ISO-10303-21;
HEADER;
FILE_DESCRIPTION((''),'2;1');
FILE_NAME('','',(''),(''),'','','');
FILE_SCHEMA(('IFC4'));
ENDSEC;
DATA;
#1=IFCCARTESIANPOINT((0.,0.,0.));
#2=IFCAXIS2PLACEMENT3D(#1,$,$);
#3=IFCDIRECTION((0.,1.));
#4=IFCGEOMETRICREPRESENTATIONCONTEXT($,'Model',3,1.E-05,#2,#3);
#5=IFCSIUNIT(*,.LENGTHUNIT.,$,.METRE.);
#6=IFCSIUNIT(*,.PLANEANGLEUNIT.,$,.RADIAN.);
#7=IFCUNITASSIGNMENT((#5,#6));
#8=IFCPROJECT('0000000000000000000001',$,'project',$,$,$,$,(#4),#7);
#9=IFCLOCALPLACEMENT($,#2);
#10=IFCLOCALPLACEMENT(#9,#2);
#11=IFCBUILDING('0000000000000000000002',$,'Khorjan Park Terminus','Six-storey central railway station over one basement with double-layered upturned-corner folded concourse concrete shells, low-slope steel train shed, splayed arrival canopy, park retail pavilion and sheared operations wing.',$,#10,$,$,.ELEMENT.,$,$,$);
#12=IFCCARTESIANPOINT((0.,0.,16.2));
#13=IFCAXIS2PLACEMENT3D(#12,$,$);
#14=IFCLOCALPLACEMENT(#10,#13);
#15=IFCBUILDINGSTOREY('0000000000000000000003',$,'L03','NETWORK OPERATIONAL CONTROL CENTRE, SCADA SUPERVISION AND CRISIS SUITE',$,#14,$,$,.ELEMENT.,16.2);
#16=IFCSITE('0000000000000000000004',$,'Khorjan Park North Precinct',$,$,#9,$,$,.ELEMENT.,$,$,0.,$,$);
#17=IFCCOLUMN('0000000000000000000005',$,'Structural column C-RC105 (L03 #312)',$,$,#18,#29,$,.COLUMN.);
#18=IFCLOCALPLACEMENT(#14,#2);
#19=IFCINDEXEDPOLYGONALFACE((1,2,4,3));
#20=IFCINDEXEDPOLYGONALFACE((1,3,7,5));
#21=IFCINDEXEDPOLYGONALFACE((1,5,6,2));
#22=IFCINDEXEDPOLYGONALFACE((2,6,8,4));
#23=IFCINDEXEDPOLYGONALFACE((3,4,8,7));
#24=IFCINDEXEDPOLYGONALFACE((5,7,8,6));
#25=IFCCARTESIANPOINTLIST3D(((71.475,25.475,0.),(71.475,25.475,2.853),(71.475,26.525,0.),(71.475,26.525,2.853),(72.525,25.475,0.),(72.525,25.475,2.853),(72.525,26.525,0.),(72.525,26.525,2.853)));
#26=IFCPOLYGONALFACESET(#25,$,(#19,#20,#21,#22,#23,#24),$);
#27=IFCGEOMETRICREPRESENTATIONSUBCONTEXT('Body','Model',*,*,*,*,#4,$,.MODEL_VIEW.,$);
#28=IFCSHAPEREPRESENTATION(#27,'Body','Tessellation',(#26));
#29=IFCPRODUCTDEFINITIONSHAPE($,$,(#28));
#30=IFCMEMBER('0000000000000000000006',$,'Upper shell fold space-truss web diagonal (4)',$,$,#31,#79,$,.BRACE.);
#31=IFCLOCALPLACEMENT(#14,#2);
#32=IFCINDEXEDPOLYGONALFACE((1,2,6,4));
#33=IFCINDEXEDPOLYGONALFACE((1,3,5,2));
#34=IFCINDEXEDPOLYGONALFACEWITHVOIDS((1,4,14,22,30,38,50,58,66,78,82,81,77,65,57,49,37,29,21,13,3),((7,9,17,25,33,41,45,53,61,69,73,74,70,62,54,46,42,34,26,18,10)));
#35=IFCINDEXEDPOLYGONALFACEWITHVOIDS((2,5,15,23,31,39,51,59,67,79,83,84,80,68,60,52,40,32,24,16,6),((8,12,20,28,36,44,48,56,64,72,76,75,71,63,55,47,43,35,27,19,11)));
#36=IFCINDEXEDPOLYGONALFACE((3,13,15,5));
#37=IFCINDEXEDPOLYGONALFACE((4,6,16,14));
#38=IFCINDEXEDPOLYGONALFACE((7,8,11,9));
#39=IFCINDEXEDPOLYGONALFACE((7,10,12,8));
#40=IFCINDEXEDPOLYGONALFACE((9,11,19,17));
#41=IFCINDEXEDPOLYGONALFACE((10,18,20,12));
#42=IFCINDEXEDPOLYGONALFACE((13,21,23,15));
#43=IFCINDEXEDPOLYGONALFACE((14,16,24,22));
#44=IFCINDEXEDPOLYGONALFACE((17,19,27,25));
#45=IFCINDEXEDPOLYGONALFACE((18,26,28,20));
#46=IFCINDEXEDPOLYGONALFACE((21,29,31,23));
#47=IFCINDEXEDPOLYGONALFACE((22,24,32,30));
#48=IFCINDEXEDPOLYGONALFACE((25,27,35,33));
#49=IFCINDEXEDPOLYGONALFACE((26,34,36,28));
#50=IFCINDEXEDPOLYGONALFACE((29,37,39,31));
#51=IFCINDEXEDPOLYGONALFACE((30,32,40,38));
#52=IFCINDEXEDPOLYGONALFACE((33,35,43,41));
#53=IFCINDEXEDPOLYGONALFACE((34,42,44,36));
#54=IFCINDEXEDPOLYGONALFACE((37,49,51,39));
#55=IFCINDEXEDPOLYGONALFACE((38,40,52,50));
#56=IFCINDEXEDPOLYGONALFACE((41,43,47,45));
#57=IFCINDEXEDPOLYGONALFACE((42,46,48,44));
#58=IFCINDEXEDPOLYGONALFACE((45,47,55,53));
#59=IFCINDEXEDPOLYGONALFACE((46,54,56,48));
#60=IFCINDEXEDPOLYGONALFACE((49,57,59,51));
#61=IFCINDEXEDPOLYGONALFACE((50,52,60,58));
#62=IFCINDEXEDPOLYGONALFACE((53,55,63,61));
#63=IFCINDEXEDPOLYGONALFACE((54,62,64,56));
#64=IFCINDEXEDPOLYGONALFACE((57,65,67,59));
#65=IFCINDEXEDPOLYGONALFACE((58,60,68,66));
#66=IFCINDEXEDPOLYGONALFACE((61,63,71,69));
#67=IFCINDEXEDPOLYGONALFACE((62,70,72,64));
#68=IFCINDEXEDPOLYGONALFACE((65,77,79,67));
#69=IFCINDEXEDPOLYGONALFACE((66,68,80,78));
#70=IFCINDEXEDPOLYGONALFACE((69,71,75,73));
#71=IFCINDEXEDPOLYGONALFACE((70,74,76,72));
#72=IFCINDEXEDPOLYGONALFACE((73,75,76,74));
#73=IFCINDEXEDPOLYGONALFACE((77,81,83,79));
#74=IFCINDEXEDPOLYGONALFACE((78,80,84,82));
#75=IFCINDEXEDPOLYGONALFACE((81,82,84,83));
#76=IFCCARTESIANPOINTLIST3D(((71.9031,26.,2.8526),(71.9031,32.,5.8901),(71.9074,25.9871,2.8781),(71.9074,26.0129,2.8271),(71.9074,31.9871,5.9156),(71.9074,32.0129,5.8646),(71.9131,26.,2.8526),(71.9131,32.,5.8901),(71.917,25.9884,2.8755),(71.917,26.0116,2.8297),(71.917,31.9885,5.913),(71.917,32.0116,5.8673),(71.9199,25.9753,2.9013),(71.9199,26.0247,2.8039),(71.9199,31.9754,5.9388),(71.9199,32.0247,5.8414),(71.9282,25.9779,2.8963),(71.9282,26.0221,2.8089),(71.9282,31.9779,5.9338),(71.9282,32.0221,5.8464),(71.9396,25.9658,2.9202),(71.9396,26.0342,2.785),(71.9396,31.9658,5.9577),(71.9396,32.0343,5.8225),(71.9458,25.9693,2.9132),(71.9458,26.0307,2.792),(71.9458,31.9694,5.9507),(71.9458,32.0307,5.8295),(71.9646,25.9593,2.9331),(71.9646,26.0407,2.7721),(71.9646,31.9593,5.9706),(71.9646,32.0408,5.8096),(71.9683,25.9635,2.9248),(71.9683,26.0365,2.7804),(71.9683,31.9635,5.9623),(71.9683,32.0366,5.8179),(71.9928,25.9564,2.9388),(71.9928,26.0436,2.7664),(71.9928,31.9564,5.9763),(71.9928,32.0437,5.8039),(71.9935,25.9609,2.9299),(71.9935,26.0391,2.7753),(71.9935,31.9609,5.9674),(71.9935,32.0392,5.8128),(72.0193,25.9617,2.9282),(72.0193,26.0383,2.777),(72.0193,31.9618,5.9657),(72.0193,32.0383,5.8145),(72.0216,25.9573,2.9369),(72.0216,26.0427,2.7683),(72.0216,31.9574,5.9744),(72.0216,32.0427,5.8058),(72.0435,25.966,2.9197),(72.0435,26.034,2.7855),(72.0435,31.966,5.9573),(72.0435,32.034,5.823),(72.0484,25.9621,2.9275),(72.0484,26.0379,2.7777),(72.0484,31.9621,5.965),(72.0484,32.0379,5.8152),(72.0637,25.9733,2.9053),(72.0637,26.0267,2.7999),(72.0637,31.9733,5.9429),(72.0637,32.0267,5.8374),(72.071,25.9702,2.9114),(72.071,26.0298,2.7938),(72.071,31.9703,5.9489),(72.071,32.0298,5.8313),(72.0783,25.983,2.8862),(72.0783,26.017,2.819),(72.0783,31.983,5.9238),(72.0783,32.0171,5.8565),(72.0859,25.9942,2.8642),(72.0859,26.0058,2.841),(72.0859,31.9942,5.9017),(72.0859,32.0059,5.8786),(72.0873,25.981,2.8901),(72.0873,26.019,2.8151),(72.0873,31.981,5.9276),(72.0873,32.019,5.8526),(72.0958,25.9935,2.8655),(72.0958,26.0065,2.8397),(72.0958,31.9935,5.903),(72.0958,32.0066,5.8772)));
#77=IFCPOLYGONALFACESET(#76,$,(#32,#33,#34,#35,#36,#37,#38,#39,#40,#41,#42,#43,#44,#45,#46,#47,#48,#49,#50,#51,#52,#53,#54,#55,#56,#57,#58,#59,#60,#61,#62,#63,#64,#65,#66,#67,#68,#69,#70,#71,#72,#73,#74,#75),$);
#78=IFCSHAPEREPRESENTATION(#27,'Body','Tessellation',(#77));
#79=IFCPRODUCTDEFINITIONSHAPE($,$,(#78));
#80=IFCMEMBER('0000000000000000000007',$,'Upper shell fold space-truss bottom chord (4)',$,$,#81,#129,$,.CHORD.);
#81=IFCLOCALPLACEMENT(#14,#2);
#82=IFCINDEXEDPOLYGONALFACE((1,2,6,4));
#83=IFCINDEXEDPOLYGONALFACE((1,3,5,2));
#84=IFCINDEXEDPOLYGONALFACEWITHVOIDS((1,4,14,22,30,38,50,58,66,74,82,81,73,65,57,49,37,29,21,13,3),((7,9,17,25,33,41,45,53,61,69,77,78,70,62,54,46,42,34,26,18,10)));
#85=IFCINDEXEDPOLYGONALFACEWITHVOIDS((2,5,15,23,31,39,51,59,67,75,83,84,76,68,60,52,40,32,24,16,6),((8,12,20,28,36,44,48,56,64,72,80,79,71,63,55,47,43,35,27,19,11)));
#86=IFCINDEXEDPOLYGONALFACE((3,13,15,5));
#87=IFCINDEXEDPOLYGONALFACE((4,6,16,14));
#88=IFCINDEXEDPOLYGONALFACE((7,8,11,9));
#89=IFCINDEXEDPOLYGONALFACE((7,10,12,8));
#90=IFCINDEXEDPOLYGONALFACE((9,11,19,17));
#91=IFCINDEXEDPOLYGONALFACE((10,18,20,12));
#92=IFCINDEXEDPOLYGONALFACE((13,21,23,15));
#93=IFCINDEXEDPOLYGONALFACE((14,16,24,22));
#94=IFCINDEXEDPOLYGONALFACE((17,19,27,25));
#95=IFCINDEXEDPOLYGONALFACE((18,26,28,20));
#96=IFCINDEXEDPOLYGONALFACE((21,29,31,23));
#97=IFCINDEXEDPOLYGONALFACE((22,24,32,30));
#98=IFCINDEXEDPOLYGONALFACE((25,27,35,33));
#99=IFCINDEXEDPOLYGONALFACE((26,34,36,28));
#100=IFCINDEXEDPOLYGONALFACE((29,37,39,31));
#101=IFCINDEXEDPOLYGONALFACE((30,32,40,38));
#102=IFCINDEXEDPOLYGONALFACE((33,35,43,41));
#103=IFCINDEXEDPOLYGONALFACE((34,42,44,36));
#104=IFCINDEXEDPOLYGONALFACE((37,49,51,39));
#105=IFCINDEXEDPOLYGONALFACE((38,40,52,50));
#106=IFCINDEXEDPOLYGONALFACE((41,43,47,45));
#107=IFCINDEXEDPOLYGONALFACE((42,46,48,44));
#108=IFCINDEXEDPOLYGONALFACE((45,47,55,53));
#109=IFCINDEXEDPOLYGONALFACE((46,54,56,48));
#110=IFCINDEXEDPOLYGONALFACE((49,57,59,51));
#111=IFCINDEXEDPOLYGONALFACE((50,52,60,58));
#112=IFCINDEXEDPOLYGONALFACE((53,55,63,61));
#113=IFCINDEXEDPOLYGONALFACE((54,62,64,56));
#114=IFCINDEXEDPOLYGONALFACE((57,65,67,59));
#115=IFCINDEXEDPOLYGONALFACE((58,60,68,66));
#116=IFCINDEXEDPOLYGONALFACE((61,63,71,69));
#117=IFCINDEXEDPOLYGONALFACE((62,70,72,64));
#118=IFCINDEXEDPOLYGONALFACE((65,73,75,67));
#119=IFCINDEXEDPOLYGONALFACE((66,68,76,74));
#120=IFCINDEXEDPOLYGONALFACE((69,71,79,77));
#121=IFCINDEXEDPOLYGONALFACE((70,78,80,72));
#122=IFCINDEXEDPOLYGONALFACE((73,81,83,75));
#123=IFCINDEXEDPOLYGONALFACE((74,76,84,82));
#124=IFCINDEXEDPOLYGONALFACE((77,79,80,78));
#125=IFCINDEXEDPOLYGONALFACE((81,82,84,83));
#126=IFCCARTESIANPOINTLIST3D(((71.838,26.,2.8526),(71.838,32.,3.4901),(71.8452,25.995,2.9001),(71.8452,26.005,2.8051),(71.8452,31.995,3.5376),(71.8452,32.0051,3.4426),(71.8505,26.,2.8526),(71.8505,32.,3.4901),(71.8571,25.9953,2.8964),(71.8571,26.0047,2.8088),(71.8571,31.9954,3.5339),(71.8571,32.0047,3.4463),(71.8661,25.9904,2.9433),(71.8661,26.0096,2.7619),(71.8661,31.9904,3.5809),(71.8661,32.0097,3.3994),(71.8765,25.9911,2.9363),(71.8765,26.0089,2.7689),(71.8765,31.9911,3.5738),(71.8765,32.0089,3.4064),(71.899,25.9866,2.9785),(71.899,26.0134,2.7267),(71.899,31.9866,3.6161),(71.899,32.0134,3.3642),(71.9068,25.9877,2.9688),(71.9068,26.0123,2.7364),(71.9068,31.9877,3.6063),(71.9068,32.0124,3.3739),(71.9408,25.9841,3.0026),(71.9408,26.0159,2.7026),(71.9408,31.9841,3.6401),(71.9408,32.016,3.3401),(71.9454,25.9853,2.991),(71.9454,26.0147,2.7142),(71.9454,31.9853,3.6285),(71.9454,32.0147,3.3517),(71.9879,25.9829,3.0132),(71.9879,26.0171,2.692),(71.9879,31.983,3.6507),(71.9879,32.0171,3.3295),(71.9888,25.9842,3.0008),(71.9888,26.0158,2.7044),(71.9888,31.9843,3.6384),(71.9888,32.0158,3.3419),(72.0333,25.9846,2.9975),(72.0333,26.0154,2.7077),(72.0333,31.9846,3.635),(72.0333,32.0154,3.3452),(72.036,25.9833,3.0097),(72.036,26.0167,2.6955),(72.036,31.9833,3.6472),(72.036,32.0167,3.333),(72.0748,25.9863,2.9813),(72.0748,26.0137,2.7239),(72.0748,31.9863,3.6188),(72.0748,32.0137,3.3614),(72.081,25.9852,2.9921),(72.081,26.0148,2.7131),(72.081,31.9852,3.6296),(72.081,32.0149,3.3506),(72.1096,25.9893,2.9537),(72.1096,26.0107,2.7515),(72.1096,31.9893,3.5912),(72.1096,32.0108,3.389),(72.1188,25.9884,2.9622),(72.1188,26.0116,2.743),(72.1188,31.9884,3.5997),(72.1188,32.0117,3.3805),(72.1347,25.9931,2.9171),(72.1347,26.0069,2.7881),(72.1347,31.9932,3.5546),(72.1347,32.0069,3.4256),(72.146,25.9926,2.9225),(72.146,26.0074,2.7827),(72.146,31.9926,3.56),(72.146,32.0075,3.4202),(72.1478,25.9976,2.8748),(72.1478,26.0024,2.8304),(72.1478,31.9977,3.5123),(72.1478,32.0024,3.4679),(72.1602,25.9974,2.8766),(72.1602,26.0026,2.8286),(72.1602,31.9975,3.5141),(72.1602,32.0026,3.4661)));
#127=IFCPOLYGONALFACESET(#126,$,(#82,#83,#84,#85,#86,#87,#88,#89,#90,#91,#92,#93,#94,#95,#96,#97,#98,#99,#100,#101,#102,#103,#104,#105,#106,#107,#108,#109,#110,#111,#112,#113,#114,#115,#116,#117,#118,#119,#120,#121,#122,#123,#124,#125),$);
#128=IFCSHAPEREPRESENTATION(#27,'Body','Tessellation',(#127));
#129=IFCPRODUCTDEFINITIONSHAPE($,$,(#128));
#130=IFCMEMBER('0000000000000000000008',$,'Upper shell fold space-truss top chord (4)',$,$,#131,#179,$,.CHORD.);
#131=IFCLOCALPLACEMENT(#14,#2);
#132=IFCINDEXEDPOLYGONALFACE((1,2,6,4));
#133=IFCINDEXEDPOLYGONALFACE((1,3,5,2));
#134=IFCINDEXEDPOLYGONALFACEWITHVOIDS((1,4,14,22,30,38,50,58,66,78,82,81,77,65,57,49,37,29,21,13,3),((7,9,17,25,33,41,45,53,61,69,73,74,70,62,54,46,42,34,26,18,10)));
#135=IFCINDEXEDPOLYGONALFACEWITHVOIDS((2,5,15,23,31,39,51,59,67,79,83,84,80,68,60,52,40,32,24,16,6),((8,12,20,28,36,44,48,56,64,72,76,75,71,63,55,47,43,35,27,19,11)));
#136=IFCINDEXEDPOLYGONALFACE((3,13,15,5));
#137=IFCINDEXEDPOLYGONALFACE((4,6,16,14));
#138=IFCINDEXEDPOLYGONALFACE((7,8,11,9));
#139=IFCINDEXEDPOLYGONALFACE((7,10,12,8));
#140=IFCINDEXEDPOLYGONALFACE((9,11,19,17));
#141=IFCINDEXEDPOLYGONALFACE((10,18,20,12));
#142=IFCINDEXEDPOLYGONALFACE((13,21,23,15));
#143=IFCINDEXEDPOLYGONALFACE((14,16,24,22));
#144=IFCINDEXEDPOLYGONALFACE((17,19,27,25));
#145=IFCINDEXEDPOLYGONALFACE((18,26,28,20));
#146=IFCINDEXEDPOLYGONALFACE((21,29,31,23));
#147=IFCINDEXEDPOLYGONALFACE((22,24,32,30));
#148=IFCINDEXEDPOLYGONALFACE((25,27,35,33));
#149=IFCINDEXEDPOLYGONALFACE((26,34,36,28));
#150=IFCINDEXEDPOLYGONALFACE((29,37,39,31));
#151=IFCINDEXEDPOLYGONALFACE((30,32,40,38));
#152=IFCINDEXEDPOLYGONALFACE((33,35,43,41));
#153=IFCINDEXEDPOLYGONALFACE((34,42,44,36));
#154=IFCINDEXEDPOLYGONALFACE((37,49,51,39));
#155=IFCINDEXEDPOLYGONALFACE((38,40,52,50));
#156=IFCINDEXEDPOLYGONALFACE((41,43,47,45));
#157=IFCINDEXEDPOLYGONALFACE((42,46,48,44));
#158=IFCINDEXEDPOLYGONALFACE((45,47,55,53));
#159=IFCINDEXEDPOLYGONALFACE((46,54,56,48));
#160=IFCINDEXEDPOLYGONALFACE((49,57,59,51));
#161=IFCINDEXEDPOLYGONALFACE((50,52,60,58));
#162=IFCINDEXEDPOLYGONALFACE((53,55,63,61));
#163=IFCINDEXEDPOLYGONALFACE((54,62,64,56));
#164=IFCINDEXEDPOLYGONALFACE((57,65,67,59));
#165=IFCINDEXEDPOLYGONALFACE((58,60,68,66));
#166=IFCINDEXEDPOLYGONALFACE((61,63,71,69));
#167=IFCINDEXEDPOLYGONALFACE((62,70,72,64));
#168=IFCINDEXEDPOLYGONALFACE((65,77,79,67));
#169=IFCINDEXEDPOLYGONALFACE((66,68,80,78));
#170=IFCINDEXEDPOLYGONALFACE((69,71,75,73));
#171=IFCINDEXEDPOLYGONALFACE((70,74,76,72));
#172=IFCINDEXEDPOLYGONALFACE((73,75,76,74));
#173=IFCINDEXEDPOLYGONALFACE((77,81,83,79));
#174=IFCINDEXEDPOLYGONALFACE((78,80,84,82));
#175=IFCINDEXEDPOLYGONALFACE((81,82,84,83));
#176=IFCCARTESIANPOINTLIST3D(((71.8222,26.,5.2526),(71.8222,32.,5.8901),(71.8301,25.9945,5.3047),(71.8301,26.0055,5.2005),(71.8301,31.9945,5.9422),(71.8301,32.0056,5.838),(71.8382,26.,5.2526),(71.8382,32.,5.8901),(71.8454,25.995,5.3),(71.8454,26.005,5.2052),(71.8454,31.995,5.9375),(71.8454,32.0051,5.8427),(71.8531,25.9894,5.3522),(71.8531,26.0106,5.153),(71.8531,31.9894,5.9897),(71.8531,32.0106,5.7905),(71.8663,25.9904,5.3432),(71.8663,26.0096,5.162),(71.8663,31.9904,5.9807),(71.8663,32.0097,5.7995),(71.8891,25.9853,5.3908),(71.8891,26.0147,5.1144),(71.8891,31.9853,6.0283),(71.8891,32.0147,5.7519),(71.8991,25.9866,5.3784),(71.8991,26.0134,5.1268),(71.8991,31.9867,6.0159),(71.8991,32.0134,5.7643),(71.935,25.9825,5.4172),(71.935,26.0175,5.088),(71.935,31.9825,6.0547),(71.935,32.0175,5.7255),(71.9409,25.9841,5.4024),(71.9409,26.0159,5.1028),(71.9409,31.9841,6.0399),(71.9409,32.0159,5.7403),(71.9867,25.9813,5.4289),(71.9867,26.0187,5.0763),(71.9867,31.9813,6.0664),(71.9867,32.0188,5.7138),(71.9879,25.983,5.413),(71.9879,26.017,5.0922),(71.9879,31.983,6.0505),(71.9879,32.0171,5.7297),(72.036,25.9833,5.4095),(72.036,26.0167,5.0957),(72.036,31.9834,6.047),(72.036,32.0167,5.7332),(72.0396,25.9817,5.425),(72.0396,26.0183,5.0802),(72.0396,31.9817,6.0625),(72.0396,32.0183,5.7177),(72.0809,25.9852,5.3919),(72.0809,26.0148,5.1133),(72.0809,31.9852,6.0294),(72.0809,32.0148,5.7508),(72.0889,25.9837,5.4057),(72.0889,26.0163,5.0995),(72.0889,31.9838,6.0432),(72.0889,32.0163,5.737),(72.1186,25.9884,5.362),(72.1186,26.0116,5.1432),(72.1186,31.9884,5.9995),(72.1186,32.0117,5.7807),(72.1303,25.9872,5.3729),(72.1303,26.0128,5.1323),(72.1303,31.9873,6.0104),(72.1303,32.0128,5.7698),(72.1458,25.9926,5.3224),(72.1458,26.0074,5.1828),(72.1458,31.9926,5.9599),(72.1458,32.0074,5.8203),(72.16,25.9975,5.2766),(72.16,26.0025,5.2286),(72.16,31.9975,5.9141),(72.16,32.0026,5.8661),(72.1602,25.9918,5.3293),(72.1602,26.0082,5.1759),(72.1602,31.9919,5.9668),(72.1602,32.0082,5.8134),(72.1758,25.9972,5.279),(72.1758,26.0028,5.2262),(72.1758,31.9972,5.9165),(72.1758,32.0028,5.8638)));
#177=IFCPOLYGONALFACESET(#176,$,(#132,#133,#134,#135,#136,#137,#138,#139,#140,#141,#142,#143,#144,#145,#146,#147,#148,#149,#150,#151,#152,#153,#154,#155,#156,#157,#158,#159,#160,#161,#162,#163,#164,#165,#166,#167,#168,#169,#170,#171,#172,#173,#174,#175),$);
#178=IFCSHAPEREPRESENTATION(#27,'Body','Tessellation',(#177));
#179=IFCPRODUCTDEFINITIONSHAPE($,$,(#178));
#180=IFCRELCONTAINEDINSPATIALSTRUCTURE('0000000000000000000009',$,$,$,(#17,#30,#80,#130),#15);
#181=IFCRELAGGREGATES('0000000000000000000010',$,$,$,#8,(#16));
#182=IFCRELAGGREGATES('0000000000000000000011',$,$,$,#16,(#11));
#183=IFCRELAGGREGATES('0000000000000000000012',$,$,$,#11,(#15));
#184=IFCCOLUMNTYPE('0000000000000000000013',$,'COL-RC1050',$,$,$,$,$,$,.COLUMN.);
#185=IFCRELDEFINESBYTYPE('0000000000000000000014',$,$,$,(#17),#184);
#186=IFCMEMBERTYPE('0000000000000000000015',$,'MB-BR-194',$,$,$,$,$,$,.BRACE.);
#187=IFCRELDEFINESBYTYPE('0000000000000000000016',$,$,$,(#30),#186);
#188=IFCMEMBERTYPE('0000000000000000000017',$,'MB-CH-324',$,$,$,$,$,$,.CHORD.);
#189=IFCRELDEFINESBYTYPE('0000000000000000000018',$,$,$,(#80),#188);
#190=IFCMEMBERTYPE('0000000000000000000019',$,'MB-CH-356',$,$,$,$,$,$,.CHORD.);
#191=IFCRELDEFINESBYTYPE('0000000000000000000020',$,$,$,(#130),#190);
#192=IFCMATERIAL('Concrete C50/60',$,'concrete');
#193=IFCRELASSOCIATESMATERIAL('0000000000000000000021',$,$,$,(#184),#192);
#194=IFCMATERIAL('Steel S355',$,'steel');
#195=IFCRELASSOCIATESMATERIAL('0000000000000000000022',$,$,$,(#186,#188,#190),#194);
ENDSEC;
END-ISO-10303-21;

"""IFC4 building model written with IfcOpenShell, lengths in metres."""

from ifc_helpers import new_model, si_unit, direction, frame, origin, origin_2d, place, context, subcontext, project, spatial, rectangle, hollow_circle, extrude, material, material_profile, profile_set, type_object, element, save


model = new_model("IFC4")

# Units and contexts
model_context = context("Model", 3, precision=1e-05, world=origin(), true_north=direction((0.0, 1.0)))
body_context = subcontext(model_context, "Body", "Model", "MODEL_VIEW")
ifc_project = project(units=[si_unit("LENGTHUNIT", "METRE"), si_unit("PLANEANGLEUNIT", "RADIAN")], contexts=[model_context])

# Site, building, storey
site_placement = place(None, origin())
site = spatial("IfcSite", under=ifc_project, at=site_placement, Name="Khorjan Park North Precinct", CompositionType="ELEMENT", RefElevation=0.0)
building_placement = place(site_placement, origin())
building = spatial("IfcBuilding", under=site, at=building_placement, Name="Khorjan Park Terminus", Description="Six-storey central railway station over one basement with double-layered upturned-corner folded concourse concrete shells, low-slope steel train shed, splayed arrival canopy, park retail pavilion and sheared operations wing.", CompositionType="ELEMENT")
storey_placement = place(building_placement, frame((0.0, 0.0, 16.2)))
storey = spatial("IfcBuildingStorey", under=building, at=storey_placement, Name="L03", Description="NETWORK OPERATIONAL CONTROL CENTRE, SCADA SUPERVISION AND CRISIS SUITE", CompositionType="ELEMENT", Elevation=16.2)

# Column
ifc_material_1 = material(Name="Concrete C50/60", Category="concrete")
ifc_material_profile_1 = material_profile(ifc_material_1, rectangle(XDim=1.05, YDim=1.05, at=origin_2d()), Name="RC 1050x1050")
ifc_profile_set_1 = profile_set([ifc_material_profile_1], Name="Concrete C50/60")
column_type = type_object("IfcColumnType", Name="COL-RC1050", PredefinedType="COLUMN", material=ifc_profile_set_1)
column_placement = place(storey_placement, frame((72.0, 26.0, 0.0), z_axis=(0.0, 0.0, 1.0), x_axis=(1.0, 0.0, 0.0)))
element("IfcColumn", 1, at=column_placement, inside=storey, type_object=column_type, Name="Structural column C-RC105 (L03 #312)", PredefinedType="COLUMN", context=body_context, shape_type="SweptSolid", body=[
    extrude(rectangle(XDim=1.05, YDim=1.05, at=origin_2d()), origin(), (0.0, 0.0, 1.0), 2.853),
])

# Members
ifc_material_2 = material(Name="Steel S355", Category="steel")
ifc_material_profile_2 = material_profile(ifc_material_2, hollow_circle(Radius=0.0969, WallThickness=0.01, at=origin_2d()), Name="CHS 193.7x10")
ifc_profile_set_2 = profile_set([ifc_material_profile_2], Name="Steel S355")
member_type_1 = type_object("IfcMemberType", Name="MB-BR-194", PredefinedType="BRACE", material=ifc_profile_set_2)
member_1_placement = place(storey_placement, frame((72.0, 26.0, 2.8526), z_axis=(0.0, 0.892186, 0.451669), x_axis=(-1.0, 0.0, 0.0)))
element("IfcMember", 2, at=member_1_placement, inside=storey, type_object=member_type_1, Name="Upper shell fold space-truss web diagonal (4)", PredefinedType="BRACE", context=body_context, shape_type="SweptSolid", body=[
    extrude(hollow_circle(Radius=0.0969, WallThickness=0.01, at=origin_2d()), origin(), (0.0, 0.0, 1.0), 6.7251),
])
ifc_material_profile_3 = material_profile(ifc_material_2, hollow_circle(Radius=0.162, WallThickness=0.0125, at=origin_2d()), Name="CHS 323.9x12.5")
ifc_profile_set_3 = profile_set([ifc_material_profile_3], Name="Steel S355")
member_type_2 = type_object("IfcMemberType", Name="MB-CH-324", PredefinedType="CHORD", material=ifc_profile_set_3)
member_2_placement = place(storey_placement, frame((72.0, 26.0, 2.8526), z_axis=(0.0, 0.994403, 0.105655), x_axis=(-1.0, 0.0, 0.0)))
element("IfcMember", 3, at=member_2_placement, inside=storey, type_object=member_type_2, Name="Upper shell fold space-truss bottom chord (4)", PredefinedType="CHORD", context=body_context, shape_type="SweptSolid", body=[
    extrude(hollow_circle(Radius=0.162, WallThickness=0.0125, at=origin_2d()), origin(), (0.0, 0.0, 1.0), 6.0338),
])
ifc_material_profile_4 = material_profile(ifc_material_2, hollow_circle(Radius=0.1778, WallThickness=0.016, at=origin_2d()), Name="CHS 355.6x16")
ifc_profile_set_4 = profile_set([ifc_material_profile_4], Name="Steel S355")
member_type_3 = type_object("IfcMemberType", Name="MB-CH-356", PredefinedType="CHORD", material=ifc_profile_set_4)
member_3_placement = place(storey_placement, frame((72.0, 26.0, 5.2526), z_axis=(0.0, 0.994403, 0.105655), x_axis=(-1.0, 0.0, 0.0)))
element("IfcMember", 4, at=member_3_placement, inside=storey, type_object=member_type_3, Name="Upper shell fold space-truss top chord (4)", PredefinedType="CHORD", context=body_context, shape_type="SweptSolid", body=[
    extrude(hollow_circle(Radius=0.1778, WallThickness=0.016, at=origin_2d()), origin(), (0.0, 0.0, 1.0), 6.0338),
])

save(model, "model.ifc")
